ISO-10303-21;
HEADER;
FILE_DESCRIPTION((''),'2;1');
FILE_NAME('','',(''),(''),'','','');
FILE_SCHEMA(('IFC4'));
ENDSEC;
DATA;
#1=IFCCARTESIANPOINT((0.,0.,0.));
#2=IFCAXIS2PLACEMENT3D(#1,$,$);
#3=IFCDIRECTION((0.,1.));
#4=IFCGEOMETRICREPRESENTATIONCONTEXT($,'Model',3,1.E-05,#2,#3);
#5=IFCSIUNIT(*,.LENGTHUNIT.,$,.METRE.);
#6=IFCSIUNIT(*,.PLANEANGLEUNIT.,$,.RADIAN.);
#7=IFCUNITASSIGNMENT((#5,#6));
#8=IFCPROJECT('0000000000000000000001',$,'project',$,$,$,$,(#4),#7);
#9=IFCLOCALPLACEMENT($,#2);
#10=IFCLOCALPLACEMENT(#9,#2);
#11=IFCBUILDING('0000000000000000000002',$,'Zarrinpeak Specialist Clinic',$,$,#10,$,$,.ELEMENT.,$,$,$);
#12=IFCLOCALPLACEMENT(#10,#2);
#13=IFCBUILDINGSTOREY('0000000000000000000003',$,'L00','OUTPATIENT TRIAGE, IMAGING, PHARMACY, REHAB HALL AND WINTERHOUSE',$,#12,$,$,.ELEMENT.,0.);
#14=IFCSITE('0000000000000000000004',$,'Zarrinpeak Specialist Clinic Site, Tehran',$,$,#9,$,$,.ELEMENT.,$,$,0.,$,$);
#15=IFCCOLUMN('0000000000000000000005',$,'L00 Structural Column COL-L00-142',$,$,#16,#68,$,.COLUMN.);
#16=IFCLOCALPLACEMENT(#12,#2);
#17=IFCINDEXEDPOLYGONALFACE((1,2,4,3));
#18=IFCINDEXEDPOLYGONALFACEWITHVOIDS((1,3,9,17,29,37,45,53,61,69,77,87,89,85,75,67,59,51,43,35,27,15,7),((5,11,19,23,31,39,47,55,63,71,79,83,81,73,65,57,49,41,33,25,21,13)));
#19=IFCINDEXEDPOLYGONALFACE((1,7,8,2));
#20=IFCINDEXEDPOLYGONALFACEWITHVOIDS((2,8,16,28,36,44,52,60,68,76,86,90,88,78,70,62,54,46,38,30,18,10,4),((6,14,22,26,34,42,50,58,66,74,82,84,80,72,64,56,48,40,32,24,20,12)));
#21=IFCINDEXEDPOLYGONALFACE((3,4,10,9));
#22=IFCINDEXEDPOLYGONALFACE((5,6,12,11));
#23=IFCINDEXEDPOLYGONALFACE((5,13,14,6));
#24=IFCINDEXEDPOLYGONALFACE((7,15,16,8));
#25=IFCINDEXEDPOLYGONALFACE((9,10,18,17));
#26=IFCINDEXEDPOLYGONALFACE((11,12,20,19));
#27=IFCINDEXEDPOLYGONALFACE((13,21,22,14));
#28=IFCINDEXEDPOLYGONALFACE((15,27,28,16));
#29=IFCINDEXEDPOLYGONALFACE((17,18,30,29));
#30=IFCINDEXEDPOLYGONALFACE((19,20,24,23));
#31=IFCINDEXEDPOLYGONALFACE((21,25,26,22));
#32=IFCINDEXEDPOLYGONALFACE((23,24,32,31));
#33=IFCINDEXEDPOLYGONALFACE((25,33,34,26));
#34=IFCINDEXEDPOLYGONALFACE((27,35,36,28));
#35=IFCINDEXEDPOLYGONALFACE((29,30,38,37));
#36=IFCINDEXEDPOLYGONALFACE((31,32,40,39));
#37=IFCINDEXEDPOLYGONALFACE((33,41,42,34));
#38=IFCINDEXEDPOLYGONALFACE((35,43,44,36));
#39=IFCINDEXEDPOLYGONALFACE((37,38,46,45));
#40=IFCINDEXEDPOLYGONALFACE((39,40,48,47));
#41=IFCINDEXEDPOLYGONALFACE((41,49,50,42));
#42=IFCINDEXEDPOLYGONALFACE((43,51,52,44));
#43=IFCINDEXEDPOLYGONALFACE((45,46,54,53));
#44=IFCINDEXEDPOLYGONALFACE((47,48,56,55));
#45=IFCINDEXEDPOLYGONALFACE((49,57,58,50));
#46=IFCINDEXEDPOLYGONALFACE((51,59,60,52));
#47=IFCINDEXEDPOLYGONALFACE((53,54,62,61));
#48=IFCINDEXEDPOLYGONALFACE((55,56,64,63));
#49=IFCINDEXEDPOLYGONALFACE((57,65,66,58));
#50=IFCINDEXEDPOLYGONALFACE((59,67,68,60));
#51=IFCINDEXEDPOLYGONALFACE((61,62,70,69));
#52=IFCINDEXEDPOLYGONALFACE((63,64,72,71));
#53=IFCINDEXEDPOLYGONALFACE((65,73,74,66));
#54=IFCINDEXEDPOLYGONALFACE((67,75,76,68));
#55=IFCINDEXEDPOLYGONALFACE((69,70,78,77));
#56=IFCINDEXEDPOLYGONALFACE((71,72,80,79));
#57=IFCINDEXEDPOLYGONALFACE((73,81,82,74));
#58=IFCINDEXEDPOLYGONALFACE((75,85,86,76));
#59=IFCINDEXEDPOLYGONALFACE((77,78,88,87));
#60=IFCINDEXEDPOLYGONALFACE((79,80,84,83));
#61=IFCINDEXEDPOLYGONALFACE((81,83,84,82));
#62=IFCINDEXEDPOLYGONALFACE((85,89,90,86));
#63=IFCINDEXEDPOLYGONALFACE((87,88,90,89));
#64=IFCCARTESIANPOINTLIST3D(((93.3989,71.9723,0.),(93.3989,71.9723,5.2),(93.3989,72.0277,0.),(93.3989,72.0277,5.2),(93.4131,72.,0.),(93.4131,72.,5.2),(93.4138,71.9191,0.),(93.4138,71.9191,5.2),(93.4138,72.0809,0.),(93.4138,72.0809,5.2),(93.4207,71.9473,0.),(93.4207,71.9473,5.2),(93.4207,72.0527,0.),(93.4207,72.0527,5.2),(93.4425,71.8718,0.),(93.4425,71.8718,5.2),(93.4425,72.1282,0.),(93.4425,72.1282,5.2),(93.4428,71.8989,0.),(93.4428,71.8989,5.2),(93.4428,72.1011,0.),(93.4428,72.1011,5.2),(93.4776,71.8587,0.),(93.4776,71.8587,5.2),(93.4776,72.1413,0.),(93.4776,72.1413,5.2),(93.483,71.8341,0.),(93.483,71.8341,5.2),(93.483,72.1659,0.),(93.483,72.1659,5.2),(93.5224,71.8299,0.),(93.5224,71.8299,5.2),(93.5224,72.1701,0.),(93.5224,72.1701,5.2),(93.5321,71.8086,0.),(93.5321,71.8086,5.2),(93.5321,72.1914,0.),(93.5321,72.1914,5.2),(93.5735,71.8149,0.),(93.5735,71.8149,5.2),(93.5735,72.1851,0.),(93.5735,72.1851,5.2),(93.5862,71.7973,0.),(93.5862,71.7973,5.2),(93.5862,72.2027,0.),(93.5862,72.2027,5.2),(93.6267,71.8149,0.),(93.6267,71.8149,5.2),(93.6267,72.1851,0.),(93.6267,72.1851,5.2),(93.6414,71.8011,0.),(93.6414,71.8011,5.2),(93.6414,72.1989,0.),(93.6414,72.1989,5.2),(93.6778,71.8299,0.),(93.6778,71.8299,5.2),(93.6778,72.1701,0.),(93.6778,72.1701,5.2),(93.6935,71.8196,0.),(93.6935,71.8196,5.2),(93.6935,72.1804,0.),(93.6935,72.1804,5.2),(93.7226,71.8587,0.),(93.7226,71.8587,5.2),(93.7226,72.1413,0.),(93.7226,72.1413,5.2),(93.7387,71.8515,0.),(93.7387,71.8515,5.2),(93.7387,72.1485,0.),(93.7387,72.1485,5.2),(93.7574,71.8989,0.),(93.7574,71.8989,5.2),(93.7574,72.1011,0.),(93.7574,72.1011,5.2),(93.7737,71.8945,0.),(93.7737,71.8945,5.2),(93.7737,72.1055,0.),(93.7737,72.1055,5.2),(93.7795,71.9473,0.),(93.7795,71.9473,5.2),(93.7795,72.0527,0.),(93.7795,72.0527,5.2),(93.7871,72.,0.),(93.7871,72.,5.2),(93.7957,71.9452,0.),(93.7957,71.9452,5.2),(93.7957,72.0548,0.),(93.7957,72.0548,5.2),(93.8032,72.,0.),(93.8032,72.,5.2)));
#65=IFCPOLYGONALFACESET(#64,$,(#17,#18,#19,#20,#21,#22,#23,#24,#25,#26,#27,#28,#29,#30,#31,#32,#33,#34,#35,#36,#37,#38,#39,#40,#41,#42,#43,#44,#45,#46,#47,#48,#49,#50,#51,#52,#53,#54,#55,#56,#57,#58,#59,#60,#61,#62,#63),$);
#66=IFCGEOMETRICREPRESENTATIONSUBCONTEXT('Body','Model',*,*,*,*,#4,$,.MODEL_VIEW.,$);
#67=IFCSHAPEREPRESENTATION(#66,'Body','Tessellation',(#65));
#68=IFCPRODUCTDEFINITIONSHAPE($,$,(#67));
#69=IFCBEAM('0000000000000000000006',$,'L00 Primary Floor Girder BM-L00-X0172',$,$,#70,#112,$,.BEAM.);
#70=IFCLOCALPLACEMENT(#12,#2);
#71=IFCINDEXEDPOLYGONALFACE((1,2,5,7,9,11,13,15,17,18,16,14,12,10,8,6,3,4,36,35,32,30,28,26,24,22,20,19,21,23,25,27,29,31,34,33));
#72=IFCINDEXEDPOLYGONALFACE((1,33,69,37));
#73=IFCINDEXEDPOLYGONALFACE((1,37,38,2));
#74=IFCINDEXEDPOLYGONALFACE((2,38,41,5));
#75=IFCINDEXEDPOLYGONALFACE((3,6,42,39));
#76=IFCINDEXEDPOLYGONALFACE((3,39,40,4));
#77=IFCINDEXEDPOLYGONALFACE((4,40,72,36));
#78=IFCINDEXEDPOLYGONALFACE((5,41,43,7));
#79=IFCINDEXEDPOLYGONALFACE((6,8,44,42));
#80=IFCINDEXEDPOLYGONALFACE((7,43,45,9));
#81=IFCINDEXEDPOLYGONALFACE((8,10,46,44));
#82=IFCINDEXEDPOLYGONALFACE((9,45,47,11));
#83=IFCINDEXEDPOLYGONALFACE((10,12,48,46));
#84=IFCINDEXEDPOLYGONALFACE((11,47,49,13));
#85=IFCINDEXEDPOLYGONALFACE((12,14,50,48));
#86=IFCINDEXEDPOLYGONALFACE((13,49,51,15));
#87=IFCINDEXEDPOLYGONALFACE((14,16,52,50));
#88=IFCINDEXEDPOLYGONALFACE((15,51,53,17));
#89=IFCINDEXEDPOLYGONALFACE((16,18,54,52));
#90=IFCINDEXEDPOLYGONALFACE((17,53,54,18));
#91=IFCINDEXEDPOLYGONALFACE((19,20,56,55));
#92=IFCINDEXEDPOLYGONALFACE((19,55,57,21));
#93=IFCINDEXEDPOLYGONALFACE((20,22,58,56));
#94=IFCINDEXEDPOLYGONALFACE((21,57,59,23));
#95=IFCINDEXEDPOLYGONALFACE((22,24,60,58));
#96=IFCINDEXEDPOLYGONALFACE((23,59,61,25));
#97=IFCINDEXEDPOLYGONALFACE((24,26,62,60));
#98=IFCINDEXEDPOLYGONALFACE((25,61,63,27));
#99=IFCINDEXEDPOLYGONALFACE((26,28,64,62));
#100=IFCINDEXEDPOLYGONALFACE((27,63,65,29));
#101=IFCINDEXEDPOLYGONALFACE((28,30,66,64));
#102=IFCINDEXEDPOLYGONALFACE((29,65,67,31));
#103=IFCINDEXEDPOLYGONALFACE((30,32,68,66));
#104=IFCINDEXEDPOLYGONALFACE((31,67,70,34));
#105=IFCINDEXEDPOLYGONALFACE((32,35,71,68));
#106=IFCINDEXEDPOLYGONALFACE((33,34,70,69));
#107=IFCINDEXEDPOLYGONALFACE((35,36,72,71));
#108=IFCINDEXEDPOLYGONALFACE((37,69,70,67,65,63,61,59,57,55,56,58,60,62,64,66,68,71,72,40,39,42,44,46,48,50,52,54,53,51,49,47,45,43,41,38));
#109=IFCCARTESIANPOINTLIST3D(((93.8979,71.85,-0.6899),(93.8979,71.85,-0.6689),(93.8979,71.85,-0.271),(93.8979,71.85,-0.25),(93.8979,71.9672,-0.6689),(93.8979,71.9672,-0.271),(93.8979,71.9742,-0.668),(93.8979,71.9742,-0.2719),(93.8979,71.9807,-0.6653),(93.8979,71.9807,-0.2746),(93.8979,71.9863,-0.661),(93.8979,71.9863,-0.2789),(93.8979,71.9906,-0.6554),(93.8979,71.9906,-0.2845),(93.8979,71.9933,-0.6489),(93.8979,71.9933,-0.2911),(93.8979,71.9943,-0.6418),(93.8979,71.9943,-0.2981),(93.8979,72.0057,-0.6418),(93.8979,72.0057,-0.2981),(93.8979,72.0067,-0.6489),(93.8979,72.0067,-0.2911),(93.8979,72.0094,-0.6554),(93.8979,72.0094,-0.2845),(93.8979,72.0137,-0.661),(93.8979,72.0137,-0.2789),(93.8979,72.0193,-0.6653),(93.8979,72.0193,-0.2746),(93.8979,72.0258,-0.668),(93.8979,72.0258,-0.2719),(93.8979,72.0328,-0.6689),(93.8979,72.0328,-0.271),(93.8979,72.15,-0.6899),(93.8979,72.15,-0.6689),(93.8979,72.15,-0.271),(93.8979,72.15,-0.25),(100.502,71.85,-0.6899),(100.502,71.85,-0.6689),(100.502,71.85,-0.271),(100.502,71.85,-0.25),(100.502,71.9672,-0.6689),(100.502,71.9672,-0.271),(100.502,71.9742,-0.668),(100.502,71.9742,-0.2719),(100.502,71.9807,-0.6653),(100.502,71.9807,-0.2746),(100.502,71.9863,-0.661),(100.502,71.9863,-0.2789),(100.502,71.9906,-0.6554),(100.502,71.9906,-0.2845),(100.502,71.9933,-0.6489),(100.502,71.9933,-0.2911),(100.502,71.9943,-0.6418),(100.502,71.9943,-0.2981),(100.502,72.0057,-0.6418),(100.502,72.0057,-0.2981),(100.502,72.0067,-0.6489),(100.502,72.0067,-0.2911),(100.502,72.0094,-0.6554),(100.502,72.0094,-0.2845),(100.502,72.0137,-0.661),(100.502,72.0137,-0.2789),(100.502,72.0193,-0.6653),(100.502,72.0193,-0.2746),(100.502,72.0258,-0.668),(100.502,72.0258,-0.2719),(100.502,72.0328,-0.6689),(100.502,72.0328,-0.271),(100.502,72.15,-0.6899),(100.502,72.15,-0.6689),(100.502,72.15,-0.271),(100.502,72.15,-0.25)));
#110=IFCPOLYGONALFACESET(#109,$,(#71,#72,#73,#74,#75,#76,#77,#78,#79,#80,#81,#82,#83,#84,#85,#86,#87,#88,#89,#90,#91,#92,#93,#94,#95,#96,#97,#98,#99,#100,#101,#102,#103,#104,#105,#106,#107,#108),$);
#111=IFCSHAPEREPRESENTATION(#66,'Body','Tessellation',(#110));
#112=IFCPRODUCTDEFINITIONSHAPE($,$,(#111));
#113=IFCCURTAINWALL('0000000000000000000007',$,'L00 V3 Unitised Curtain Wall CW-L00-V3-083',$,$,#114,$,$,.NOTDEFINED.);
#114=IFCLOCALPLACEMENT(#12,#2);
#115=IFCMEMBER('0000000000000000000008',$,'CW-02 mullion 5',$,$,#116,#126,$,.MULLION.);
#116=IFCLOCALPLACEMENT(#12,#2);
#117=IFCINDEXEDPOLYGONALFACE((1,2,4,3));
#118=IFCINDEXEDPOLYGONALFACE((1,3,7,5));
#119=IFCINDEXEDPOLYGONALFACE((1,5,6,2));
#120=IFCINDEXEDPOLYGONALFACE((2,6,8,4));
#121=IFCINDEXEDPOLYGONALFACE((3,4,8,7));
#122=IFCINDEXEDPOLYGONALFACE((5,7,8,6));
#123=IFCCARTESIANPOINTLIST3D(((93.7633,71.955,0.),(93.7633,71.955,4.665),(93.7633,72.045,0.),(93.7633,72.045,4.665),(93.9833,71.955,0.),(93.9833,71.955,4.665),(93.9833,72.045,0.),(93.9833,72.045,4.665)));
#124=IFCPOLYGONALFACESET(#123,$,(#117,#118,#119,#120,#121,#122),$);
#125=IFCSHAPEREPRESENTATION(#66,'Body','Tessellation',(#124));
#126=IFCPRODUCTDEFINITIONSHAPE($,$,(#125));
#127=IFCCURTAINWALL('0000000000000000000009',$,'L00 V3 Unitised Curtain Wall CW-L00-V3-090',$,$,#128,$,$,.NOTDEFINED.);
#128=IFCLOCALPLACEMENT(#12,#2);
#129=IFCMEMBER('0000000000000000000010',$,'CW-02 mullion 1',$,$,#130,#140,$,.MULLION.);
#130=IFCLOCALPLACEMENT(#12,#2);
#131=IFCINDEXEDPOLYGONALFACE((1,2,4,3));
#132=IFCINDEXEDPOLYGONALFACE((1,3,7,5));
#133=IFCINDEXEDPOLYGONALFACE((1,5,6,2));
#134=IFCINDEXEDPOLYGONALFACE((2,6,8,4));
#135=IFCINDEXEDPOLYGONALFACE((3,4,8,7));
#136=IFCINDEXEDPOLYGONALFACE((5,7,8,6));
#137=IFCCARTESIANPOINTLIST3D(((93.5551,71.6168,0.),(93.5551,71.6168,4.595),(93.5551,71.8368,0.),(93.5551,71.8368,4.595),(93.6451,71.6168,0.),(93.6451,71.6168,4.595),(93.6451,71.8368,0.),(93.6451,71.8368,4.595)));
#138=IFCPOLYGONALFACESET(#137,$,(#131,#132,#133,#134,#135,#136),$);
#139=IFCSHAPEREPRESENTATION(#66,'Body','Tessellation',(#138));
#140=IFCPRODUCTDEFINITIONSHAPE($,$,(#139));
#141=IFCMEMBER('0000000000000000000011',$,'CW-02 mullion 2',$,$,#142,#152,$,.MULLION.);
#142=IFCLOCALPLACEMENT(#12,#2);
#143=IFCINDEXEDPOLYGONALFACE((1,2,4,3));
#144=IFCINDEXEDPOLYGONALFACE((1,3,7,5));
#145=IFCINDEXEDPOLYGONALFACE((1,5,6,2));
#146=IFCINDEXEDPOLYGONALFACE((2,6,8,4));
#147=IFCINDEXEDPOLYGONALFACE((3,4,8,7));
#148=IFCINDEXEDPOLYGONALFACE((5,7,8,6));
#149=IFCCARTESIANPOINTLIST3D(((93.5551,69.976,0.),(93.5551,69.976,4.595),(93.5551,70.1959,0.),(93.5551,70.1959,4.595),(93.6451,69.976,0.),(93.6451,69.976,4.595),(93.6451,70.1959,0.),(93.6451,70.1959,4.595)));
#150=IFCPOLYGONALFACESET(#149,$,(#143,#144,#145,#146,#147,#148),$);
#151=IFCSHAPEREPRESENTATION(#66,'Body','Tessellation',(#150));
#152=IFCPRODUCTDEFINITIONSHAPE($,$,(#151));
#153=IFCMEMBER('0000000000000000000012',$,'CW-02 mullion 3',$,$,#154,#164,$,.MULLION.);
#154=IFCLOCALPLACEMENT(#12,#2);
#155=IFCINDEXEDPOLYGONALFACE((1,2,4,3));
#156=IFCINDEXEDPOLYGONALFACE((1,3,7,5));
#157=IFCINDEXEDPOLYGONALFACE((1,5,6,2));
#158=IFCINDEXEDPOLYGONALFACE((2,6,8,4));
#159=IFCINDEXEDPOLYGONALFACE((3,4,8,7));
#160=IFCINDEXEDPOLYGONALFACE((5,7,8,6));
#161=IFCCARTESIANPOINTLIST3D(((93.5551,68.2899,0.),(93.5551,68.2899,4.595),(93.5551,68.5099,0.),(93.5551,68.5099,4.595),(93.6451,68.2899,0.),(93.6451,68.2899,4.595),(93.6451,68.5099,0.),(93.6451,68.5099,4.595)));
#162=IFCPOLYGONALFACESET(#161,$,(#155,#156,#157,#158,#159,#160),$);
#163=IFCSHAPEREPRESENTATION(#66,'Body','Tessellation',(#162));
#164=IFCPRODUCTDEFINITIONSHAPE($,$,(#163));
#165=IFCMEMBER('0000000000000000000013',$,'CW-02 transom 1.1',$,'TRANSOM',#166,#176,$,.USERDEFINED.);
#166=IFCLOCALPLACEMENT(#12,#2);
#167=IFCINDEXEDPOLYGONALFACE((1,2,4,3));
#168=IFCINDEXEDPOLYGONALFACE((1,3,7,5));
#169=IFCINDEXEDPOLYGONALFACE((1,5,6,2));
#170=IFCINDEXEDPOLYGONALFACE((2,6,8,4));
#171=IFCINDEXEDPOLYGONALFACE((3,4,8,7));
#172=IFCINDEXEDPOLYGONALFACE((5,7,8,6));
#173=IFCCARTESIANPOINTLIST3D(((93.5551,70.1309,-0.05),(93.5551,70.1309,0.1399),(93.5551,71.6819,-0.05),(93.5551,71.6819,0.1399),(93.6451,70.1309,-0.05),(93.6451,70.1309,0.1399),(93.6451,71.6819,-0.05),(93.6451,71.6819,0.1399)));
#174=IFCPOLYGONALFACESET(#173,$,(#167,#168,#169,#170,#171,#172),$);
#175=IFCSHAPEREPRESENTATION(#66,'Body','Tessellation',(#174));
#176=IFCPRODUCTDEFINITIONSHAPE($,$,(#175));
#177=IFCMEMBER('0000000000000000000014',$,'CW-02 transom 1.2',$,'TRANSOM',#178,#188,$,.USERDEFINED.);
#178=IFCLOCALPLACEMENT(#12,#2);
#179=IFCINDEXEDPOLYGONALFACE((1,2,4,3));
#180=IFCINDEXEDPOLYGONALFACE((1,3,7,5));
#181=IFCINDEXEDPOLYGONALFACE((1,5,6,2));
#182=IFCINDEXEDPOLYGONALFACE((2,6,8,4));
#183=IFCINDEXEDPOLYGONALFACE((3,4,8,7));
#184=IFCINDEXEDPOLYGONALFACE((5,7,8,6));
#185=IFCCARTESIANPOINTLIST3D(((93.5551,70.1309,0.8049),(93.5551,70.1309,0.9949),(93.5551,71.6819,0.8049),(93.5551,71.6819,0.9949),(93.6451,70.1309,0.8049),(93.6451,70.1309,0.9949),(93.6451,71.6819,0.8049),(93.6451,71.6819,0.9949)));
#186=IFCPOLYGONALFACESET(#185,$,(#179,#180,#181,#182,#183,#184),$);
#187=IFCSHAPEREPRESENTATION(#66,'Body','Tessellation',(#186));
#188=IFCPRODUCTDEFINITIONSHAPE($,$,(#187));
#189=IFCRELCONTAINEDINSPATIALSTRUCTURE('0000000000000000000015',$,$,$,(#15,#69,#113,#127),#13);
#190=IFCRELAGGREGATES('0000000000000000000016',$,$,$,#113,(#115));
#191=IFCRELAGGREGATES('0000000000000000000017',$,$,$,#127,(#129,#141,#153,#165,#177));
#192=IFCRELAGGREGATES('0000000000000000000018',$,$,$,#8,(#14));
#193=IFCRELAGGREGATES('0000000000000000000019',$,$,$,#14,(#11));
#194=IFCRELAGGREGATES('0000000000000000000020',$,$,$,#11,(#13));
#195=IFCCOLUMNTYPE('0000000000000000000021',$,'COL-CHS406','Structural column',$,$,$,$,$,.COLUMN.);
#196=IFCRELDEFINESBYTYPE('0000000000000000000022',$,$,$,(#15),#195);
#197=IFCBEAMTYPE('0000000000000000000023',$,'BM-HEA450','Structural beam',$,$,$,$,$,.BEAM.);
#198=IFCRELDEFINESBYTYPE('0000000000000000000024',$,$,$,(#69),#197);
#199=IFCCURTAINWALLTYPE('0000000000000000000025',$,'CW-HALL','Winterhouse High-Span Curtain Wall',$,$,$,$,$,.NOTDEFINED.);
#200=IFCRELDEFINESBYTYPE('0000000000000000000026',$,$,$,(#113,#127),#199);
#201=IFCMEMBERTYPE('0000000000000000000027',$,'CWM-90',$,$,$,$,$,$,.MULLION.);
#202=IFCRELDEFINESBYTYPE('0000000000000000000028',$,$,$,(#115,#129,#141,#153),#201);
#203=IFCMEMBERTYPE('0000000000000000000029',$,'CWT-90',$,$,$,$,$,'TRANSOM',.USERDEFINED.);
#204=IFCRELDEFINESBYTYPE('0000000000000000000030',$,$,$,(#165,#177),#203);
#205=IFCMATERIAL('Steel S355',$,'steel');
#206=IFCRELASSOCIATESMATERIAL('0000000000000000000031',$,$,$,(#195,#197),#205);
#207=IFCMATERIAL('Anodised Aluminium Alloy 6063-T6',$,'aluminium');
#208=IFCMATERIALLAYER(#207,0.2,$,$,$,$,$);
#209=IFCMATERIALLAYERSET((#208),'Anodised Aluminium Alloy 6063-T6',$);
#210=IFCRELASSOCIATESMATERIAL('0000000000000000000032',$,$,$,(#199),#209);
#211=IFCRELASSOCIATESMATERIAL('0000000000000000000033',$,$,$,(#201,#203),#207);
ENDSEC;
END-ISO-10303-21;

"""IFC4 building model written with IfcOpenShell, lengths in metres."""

from ifc_helpers import new_model, si_unit, direction, frame, origin, origin_2d, place, context, subcontext, project, spatial, rectangle, hollow_circle, i_section, extrude, material, layer, layer_set, material_profile, profile_set, type_object, element, aggregate, save


model = new_model("IFC4")

# Units and contexts
model_context = context("Model", 3, precision=1e-05, world=origin(), true_north=direction((0.0, 1.0)))
body_context = subcontext(model_context, "Body", "Model", "MODEL_VIEW")
ifc_project = project(units=[si_unit("LENGTHUNIT", "METRE"), si_unit("PLANEANGLEUNIT", "RADIAN")], contexts=[model_context])

# Site, building, storey
site_placement = place(None, origin())
site = spatial("IfcSite", under=ifc_project, at=site_placement, Name="Zarrinpeak Specialist Clinic Site, Tehran", CompositionType="ELEMENT", RefElevation=0.0)
building_placement = place(site_placement, origin())
building = spatial("IfcBuilding", under=site, at=building_placement, Name="Zarrinpeak Specialist Clinic", CompositionType="ELEMENT")
storey_placement = place(building_placement, origin())
storey = spatial("IfcBuildingStorey", under=building, at=storey_placement, Name="L00", Description="OUTPATIENT TRIAGE, IMAGING, PHARMACY, REHAB HALL AND WINTERHOUSE", CompositionType="ELEMENT", Elevation=0.0)

# Column
ifc_material_1 = material(Name="Steel S355", Category="steel")
ifc_material_profile_1 = material_profile(ifc_material_1, hollow_circle(Radius=0.2031, WallThickness=0.0161, at=origin_2d()), Name="CHS 406.4x16.0")
ifc_profile_set_1 = profile_set([ifc_material_profile_1], Name="Steel S355")
column_type = type_object("IfcColumnType", Name="COL-CHS406", Description="Structural column", PredefinedType="COLUMN", material=ifc_profile_set_1)
column_placement = place(storey_placement, frame((93.6001, 72.0, 0.0), z_axis=(0.0, 0.0, 1.0), x_axis=(1.0, 0.0, 0.0)))
element("IfcColumn", 1, at=column_placement, inside=storey, type_object=column_type, Name="L00 Structural Column COL-L00-142", PredefinedType="COLUMN", context=body_context, shape_type="SweptSolid", body=[
    extrude(hollow_circle(Radius=0.2031, WallThickness=0.0161, at=origin_2d()), origin(), (0.0, 0.0, 1.0), 5.2),
])

# Beam
ifc_material_profile_2 = material_profile(ifc_material_1, i_section(OverallWidth=0.3, OverallDepth=0.4399, WebThickness=0.0115, FlangeThickness=0.021, FilletRadius=0.0271, at=origin_2d()), Name="HEA 450")
ifc_profile_set_2 = profile_set([ifc_material_profile_2], Name="Steel S355")
beam_type = type_object("IfcBeamType", Name="BM-HEA450", Description="Structural beam", PredefinedType="BEAM", material=ifc_profile_set_2)
beam_placement = place(storey_placement, frame((93.8979, 72.0, -0.47), z_axis=(1.0, 0.0, 0.0), x_axis=(0.0, 1.0, 0.0)))
element("IfcBeam", 2, at=beam_placement, inside=storey, type_object=beam_type, Name="L00 Primary Floor Girder BM-L00-X0172", PredefinedType="BEAM", context=body_context, shape_type="SweptSolid", body=[
    extrude(i_section(OverallWidth=0.3, OverallDepth=0.4399, WebThickness=0.0115, FlangeThickness=0.021, FilletRadius=0.0271, at=origin_2d()), origin(), (0.0, 0.0, 1.0), 6.604),
])

# Curtain wall, member
ifc_material_2 = material(Name="Anodised Aluminium Alloy 6063-T6", Category="aluminium")
ifc_layer_1 = layer(ifc_material_2, 0.2)
ifc_layer_set_1 = layer_set([ifc_layer_1], Name="Anodised Aluminium Alloy 6063-T6")
curtain_wall_type = type_object("IfcCurtainWallType", Name="CW-HALL", Description="Winterhouse High-Span Curtain Wall", PredefinedType="NOTDEFINED", material=ifc_layer_set_1)
curtain_wall_1_placement = place(storey_placement, origin())
curtain_wall_1 = element("IfcCurtainWall", 3, at=curtain_wall_1_placement, inside=storey, type_object=curtain_wall_type, Name="L00 V3 Unitised Curtain Wall CW-L00-V3-083", PredefinedType="NOTDEFINED")
ifc_material_profile_3 = material_profile(ifc_material_2, rectangle(XDim=0.0901, YDim=0.22, at=origin_2d()), Name="ALU 90x220")
ifc_profile_set_3 = profile_set([ifc_material_profile_3], Name="Anodised Aluminium Alloy 6063-T6")
member_type_1 = type_object("IfcMemberType", Name="CWM-90", PredefinedType="MULLION", material=ifc_profile_set_3)
member_1_placement = place(storey_placement, frame((93.8733, 72.0, 0.0), z_axis=(0.0, 0.0, 1.0), x_axis=(0.0, -1.0, 0.0)))
member_1 = element("IfcMember", 4, at=member_1_placement, type_object=member_type_1, Name="CW-02 mullion 5", PredefinedType="MULLION", context=body_context, shape_type="SweptSolid", body=[
    extrude(rectangle(XDim=0.0901, YDim=0.22, at=origin_2d()), origin(), (0.0, 0.0, 1.0), 4.665),
])
aggregate(curtain_wall_1, [member_1])

# Curtain wall, members
curtain_wall_2_placement = place(storey_placement, origin())
curtain_wall_2 = element("IfcCurtainWall", 5, at=curtain_wall_2_placement, inside=storey, type_object=curtain_wall_type, Name="L00 V3 Unitised Curtain Wall CW-L00-V3-090", PredefinedType="NOTDEFINED")
member_2_placement = place(storey_placement, frame((93.6001, 71.7268, 0.0), z_axis=(0.0, 0.0, 1.0), x_axis=(1.0, 0.0, 0.0)))
member_2 = element("IfcMember", 6, at=member_2_placement, type_object=member_type_1, Name="CW-02 mullion 1", PredefinedType="MULLION", context=body_context, shape_type="SweptSolid", body=[
    extrude(rectangle(XDim=0.0901, YDim=0.22, at=origin_2d()), origin(), (0.0, 0.0, 1.0), 4.595),
])
member_3_placement = place(storey_placement, frame((93.6001, 70.0859, 0.0), z_axis=(0.0, 0.0, 1.0), x_axis=(1.0, 0.0, 0.0)))
member_3 = element("IfcMember", 7, at=member_3_placement, type_object=member_type_1, Name="CW-02 mullion 2", PredefinedType="MULLION", context=body_context, shape_type="SweptSolid", body=[
    extrude(rectangle(XDim=0.0901, YDim=0.22, at=origin_2d()), origin(), (0.0, 0.0, 1.0), 4.595),
])
member_4_placement = place(storey_placement, frame((93.6001, 68.3999, 0.0), z_axis=(0.0, 0.0, 1.0), x_axis=(1.0, 0.0, 0.0)))
member_4 = element("IfcMember", 8, at=member_4_placement, type_object=member_type_1, Name="CW-02 mullion 3", PredefinedType="MULLION", context=body_context, shape_type="SweptSolid", body=[
    extrude(rectangle(XDim=0.0901, YDim=0.22, at=origin_2d()), origin(), (0.0, 0.0, 1.0), 4.595),
])
ifc_material_profile_4 = material_profile(ifc_material_2, rectangle(XDim=0.0901, YDim=0.1899, at=origin_2d()), Name="ALU 90x190")
ifc_profile_set_4 = profile_set([ifc_material_profile_4], Name="Anodised Aluminium Alloy 6063-T6")
member_type_2 = type_object("IfcMemberType", Name="CWT-90", ElementType="TRANSOM", PredefinedType="USERDEFINED", material=ifc_profile_set_4)
member_5_placement = place(storey_placement, frame((93.6001, 71.6819, 0.0449), z_axis=(0.0, -1.0, 0.0), x_axis=(1.0, 0.0, 0.0)))
member_5 = element("IfcMember", 9, at=member_5_placement, type_object=member_type_2, Name="CW-02 transom 1.1", ObjectType="TRANSOM", PredefinedType="USERDEFINED", context=body_context, shape_type="SweptSolid", body=[
    extrude(rectangle(XDim=0.0901, YDim=0.1899, at=origin_2d()), origin(), (0.0, 0.0, 1.0), 1.551),
])
member_6_placement = place(storey_placement, frame((93.6001, 71.6819, 0.8999), z_axis=(0.0, -1.0, 0.0), x_axis=(1.0, 0.0, 0.0)))
member_6 = element("IfcMember", 10, at=member_6_placement, type_object=member_type_2, Name="CW-02 transom 1.2", ObjectType="TRANSOM", PredefinedType="USERDEFINED", context=body_context, shape_type="SweptSolid", body=[
    extrude(rectangle(XDim=0.0901, YDim=0.1899, at=origin_2d()), origin(), (0.0, 0.0, 1.0), 1.551),
])
aggregate(curtain_wall_2, [member_2, member_3, member_4, member_5, member_6])

save(model, "model.ifc")
